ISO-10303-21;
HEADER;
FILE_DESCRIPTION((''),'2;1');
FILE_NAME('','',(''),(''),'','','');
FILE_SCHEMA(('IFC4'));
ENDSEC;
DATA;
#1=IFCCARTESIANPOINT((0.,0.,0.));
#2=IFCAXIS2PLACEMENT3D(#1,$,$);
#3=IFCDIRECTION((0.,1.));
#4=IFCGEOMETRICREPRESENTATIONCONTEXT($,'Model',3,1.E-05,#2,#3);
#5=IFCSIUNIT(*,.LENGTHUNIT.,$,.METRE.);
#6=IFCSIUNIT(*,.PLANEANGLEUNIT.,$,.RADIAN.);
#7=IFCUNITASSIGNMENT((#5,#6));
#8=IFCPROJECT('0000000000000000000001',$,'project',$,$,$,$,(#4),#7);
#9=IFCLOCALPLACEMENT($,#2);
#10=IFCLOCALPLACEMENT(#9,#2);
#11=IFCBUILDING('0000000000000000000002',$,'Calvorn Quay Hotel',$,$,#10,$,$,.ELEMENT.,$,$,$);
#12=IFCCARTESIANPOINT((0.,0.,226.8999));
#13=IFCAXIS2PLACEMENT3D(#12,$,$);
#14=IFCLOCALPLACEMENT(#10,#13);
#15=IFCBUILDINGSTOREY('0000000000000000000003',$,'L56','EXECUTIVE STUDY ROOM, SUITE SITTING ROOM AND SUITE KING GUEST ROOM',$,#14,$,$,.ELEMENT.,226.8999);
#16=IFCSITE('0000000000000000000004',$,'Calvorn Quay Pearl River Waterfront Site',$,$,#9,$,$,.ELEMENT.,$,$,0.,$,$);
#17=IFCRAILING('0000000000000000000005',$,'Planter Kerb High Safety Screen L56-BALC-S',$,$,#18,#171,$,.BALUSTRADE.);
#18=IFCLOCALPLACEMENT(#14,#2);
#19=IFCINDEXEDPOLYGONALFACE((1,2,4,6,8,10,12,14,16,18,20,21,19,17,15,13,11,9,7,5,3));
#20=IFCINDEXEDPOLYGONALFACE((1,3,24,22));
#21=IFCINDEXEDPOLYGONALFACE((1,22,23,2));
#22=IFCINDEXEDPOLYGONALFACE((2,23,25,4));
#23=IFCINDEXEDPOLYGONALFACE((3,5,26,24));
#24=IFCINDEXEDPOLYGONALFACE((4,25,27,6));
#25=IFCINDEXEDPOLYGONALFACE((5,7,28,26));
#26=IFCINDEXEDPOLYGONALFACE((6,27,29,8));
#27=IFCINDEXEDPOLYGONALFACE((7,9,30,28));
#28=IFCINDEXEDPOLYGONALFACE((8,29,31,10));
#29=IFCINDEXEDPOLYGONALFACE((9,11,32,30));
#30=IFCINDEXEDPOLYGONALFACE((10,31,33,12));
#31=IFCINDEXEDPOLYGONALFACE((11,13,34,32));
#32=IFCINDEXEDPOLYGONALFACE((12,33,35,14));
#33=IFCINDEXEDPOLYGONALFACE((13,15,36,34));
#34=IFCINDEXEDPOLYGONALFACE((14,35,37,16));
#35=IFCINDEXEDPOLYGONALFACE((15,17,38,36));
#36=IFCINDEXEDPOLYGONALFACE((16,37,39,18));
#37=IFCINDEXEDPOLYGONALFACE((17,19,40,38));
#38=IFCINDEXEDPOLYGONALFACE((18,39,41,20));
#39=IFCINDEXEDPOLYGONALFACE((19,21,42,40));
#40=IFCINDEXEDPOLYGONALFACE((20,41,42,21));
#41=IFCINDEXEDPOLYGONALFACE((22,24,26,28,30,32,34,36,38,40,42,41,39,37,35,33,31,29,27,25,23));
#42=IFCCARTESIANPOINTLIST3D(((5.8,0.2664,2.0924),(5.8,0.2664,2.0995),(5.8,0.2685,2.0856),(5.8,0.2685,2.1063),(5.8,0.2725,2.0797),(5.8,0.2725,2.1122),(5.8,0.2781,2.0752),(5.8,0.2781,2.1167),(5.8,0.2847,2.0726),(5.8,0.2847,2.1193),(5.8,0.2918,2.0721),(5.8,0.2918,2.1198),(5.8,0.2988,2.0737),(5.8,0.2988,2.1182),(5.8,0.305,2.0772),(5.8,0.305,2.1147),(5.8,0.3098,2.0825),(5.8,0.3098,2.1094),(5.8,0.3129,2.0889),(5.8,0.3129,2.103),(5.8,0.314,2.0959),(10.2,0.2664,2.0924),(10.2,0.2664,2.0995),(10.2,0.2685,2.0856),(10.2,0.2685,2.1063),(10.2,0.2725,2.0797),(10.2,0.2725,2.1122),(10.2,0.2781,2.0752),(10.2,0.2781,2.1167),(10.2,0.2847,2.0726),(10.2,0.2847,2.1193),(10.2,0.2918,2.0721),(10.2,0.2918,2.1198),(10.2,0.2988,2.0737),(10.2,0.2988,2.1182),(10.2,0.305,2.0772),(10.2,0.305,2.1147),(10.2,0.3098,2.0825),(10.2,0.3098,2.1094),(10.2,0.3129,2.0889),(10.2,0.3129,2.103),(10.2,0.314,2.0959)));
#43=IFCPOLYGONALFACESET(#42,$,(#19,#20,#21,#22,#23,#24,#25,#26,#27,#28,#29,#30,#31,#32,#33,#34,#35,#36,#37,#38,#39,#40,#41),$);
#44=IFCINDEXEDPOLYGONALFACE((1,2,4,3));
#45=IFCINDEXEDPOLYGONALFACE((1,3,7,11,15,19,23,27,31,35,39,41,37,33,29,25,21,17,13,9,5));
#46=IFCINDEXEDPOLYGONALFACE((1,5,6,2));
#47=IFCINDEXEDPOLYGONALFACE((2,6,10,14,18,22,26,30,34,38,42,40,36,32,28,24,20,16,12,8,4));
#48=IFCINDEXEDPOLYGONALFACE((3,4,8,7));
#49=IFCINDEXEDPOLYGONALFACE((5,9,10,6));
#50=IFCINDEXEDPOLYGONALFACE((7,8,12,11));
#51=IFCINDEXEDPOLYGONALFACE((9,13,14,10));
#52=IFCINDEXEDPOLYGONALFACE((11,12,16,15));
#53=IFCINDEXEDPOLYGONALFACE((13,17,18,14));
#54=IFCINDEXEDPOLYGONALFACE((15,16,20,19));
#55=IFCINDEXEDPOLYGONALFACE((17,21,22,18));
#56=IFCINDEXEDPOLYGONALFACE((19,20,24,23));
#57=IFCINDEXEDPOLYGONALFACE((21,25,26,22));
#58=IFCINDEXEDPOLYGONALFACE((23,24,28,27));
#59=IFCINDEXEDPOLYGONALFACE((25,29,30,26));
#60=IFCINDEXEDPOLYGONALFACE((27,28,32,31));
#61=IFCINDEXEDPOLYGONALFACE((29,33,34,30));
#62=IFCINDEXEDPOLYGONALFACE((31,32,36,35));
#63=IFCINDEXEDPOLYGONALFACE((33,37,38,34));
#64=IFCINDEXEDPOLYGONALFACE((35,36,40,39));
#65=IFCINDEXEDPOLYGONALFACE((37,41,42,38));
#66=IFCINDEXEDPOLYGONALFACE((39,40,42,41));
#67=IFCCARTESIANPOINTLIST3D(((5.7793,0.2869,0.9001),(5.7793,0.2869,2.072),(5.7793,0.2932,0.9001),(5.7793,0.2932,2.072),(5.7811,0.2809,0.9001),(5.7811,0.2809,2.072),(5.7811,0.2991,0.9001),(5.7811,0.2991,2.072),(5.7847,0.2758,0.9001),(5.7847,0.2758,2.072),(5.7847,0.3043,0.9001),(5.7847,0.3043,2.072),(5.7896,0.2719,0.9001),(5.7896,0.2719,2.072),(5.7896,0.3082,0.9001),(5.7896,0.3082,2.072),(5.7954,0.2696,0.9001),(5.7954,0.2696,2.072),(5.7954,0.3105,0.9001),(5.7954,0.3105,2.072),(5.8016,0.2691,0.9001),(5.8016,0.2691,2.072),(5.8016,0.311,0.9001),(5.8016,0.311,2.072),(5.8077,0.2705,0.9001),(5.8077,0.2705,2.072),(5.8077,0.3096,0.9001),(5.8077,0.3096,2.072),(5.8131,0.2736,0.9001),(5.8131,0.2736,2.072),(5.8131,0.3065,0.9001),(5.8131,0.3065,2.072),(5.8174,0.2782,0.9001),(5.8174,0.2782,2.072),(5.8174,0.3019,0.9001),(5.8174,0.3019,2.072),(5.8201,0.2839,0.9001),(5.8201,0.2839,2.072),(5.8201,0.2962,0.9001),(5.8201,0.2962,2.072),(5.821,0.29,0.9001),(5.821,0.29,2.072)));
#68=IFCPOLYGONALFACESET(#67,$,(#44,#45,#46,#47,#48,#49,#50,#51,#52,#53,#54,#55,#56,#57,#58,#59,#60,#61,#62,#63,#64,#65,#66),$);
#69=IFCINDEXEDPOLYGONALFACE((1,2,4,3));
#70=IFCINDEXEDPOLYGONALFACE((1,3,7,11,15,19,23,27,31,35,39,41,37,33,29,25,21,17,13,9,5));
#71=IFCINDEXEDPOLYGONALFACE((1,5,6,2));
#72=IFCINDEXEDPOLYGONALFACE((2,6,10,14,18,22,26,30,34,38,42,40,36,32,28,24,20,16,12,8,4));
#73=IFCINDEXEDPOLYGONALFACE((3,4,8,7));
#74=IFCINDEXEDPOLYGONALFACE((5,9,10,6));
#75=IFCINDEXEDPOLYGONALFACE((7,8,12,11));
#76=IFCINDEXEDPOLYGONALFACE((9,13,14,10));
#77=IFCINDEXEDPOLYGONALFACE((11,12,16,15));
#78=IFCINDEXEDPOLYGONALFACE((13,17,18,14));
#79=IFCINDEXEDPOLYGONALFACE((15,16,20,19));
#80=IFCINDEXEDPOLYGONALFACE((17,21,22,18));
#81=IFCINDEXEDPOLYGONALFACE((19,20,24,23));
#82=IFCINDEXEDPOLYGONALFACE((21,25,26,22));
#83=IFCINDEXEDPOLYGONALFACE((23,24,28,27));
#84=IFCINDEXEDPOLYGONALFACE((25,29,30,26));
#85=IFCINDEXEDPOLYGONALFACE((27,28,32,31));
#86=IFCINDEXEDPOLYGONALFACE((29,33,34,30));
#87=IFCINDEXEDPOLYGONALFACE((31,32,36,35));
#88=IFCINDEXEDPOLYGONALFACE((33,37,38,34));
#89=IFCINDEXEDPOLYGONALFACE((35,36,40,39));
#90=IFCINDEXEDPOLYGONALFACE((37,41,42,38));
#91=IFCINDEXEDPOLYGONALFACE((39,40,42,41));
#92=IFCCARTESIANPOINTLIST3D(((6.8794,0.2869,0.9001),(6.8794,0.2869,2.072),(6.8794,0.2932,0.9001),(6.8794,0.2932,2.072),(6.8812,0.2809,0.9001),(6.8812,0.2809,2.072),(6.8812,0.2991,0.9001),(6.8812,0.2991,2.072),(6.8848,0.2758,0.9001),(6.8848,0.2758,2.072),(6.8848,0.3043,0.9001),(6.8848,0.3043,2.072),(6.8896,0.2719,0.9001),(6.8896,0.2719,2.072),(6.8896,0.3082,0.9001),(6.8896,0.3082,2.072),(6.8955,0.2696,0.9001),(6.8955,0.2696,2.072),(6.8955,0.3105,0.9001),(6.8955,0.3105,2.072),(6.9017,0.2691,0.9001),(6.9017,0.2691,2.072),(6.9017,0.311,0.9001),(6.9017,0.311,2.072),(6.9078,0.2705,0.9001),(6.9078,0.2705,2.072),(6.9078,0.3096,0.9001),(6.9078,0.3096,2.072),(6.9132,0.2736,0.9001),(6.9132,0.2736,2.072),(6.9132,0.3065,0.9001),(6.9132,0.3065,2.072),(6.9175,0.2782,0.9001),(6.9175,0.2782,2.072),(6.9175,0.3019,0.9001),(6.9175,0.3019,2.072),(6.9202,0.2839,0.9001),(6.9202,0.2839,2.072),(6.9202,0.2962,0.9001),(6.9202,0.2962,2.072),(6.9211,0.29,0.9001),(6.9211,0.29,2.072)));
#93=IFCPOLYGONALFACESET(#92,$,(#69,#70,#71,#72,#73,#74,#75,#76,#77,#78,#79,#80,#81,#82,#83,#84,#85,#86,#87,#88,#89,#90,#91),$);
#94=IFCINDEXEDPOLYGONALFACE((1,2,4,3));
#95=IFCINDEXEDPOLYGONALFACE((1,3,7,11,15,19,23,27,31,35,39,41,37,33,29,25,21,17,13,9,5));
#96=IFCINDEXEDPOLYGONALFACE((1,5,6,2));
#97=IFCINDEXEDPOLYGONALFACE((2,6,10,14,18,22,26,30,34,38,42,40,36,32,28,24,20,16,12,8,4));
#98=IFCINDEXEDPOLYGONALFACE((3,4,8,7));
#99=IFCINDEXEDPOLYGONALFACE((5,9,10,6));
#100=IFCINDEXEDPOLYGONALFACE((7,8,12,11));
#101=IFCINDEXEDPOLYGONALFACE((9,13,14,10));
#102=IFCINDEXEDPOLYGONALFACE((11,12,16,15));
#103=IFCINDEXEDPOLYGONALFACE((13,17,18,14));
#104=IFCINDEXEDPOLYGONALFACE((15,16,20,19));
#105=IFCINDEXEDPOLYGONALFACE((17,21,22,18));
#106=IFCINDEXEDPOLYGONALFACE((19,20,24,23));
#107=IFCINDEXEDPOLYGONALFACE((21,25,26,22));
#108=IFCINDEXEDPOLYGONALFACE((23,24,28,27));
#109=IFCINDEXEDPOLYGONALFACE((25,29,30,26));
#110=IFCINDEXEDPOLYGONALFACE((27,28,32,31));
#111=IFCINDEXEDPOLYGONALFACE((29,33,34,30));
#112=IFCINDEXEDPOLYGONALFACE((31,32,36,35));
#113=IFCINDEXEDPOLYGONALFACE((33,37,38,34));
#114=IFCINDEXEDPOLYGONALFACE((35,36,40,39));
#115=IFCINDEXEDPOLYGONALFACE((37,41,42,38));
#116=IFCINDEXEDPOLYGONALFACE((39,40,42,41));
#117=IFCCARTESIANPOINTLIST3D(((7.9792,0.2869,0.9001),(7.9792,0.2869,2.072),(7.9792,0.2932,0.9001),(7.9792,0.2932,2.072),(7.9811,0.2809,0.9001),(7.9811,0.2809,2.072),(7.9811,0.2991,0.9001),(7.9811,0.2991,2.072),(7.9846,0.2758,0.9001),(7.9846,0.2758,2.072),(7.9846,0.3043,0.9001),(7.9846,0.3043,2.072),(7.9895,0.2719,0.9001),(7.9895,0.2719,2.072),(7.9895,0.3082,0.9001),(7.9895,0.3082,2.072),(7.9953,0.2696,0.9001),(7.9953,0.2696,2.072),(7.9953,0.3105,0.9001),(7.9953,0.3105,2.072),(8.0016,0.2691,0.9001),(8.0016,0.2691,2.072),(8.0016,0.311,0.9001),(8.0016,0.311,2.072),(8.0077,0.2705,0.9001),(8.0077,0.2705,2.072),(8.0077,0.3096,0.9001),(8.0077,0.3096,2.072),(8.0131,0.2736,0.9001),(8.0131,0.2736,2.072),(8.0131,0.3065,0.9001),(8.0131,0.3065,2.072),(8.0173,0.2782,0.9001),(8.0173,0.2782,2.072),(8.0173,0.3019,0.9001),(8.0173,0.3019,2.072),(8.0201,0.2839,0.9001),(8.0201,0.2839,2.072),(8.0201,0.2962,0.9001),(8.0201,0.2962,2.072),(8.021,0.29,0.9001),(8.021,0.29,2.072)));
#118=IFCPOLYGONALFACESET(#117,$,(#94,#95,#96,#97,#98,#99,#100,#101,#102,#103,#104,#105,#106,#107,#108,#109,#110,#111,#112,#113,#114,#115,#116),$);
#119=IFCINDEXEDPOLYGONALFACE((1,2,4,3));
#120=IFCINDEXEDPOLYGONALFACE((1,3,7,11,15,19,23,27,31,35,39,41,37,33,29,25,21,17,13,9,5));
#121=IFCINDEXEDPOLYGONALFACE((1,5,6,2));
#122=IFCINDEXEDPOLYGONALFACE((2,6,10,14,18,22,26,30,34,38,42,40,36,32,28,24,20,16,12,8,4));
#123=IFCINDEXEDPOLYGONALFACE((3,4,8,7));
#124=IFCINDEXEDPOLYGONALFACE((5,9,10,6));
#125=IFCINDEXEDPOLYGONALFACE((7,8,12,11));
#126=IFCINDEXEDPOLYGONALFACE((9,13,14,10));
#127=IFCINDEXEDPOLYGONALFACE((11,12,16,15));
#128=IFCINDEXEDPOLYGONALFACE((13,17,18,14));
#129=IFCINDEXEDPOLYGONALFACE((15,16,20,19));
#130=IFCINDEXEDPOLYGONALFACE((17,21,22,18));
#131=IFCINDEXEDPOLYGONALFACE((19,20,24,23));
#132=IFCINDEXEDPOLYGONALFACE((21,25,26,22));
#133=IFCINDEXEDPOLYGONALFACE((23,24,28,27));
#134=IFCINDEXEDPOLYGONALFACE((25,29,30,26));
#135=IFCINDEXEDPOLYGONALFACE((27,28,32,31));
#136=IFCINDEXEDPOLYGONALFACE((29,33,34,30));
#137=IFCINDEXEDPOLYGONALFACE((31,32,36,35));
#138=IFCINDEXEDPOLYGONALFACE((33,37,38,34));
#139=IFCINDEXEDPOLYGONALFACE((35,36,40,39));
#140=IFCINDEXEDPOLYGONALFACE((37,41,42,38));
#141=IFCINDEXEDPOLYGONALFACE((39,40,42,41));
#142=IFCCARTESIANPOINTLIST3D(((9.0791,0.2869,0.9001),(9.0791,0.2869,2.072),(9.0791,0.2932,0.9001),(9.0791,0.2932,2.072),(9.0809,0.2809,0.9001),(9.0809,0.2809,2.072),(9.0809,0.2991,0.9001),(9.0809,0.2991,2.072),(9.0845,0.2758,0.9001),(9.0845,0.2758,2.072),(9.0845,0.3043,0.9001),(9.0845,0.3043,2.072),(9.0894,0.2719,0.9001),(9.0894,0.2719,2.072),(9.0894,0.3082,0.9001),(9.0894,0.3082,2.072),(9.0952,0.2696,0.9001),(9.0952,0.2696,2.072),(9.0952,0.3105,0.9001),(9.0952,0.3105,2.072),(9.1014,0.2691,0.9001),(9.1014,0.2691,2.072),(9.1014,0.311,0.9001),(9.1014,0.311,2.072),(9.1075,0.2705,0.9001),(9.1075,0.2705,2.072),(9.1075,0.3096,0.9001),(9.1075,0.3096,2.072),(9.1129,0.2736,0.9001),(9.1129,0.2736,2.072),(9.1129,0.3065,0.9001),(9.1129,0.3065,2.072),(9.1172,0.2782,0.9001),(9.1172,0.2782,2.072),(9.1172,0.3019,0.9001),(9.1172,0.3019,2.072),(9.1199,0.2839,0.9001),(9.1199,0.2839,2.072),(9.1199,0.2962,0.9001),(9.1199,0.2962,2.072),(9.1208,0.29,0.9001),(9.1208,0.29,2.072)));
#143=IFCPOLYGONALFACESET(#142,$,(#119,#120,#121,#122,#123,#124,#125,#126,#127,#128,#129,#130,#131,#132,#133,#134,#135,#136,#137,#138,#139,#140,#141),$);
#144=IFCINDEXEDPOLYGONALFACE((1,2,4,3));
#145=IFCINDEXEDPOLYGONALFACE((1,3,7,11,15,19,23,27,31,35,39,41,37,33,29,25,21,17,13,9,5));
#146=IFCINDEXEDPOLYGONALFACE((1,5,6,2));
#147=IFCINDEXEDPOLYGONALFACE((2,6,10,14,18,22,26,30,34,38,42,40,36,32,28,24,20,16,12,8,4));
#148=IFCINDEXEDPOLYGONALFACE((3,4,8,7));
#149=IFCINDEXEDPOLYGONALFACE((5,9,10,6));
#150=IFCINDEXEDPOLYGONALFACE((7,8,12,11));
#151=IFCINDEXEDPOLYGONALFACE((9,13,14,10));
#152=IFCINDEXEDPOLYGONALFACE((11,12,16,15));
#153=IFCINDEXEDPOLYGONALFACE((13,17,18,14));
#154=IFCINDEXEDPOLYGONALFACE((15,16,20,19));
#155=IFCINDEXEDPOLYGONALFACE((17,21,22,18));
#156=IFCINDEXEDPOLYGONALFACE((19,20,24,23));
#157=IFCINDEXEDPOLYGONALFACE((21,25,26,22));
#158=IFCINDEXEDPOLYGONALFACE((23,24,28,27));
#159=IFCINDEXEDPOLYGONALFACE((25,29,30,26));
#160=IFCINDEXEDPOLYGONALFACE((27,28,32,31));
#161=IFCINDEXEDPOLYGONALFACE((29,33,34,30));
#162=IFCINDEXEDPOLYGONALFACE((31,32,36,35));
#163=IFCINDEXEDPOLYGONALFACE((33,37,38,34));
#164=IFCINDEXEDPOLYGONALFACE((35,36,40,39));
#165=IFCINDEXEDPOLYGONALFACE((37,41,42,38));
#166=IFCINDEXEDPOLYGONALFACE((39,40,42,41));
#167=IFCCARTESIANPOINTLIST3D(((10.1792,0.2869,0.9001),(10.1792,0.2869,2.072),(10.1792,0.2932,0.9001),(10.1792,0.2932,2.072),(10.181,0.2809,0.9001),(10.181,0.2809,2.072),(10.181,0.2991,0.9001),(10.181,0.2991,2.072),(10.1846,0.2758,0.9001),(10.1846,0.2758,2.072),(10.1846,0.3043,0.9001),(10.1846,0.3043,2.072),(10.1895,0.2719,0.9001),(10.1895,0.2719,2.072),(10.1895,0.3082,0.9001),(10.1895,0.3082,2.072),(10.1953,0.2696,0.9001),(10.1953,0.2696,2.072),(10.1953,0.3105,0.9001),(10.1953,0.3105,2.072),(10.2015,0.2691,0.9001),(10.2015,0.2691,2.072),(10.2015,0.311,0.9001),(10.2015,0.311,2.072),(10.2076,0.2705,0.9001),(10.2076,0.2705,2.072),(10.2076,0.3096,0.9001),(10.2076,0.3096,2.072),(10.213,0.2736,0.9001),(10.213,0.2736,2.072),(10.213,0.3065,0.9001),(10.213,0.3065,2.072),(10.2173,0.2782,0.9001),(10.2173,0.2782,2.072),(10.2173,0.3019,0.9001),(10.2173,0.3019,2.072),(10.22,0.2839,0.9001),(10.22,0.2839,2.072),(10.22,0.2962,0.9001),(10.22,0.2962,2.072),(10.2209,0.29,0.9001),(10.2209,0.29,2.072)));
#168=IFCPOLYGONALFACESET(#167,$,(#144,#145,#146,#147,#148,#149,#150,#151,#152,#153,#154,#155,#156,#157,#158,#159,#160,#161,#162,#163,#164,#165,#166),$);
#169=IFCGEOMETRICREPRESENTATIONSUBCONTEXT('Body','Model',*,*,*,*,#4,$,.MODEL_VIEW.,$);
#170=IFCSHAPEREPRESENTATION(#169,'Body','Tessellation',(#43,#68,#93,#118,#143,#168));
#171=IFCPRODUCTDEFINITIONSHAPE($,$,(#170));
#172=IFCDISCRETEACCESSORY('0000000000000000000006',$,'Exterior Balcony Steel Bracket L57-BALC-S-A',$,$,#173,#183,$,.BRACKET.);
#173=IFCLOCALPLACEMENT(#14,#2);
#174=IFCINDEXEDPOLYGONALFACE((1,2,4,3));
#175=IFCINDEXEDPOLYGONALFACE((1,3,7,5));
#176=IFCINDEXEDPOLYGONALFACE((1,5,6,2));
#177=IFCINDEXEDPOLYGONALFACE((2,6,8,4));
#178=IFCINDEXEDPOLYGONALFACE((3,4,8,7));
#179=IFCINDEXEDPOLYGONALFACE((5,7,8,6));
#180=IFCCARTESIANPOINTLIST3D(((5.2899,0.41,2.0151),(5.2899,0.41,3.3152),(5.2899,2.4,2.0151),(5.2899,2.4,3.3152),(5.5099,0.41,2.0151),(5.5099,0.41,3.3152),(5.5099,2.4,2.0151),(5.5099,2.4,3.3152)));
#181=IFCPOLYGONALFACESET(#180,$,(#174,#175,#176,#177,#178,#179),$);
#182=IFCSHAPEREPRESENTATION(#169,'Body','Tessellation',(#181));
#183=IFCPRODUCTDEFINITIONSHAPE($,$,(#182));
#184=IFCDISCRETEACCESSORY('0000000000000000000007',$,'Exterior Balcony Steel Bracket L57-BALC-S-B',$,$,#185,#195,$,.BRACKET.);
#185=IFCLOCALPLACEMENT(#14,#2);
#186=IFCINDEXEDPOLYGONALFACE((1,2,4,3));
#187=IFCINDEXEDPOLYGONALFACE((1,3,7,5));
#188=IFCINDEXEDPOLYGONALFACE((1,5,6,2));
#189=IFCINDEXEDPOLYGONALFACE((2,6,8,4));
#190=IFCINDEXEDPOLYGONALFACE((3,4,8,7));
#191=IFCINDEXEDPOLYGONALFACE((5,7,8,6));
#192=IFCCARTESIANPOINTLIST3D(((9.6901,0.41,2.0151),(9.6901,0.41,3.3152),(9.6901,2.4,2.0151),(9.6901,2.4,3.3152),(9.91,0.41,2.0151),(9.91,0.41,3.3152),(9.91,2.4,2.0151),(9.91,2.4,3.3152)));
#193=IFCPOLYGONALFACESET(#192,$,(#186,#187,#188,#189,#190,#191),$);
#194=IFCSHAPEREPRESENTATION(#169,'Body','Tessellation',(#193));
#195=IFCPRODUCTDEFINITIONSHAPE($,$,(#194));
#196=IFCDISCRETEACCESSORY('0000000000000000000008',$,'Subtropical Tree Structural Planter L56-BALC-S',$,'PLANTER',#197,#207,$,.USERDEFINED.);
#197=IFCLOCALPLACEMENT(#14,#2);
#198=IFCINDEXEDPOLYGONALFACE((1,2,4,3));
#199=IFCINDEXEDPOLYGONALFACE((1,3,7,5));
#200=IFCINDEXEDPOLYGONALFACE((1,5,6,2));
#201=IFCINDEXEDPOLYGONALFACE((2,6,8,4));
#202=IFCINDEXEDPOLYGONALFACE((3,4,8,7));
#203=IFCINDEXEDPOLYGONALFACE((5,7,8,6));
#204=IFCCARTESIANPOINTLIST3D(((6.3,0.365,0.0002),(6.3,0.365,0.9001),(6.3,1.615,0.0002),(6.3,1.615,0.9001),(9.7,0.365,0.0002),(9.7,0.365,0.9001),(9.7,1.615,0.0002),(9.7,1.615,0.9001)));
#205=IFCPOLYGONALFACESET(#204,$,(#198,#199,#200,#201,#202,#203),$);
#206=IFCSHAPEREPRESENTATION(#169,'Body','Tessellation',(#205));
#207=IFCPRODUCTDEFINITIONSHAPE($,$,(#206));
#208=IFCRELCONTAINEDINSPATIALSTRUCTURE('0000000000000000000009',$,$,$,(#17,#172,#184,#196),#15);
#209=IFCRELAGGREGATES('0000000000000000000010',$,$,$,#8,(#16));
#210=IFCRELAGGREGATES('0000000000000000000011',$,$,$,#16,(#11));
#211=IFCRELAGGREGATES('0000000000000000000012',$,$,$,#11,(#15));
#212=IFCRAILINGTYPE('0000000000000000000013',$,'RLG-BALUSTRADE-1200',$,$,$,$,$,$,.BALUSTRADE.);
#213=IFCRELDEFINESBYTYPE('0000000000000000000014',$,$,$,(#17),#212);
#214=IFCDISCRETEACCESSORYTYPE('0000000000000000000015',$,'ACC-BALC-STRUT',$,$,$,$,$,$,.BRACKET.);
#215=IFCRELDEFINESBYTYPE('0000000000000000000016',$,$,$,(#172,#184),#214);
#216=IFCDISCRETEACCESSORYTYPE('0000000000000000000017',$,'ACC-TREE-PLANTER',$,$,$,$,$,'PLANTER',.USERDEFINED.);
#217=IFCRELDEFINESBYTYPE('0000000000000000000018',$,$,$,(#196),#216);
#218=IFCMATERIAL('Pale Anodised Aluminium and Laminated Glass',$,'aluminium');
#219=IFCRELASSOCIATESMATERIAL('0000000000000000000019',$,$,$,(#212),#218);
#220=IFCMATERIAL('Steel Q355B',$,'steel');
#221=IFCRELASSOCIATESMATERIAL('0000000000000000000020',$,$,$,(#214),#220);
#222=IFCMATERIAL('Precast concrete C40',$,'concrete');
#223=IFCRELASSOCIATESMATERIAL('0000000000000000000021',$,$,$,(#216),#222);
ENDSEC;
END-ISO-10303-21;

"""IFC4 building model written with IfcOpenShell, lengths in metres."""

from ifc_helpers import new_model, si_unit, direction, frame, origin, origin_2d, place, context, subcontext, project, spatial, rectangle, circle, extrude, material, type_object, element, save


model = new_model("IFC4")

# Units and contexts
model_context = context("Model", 3, precision=1e-05, world=origin(), true_north=direction((0.0, 1.0)))
body_context = subcontext(model_context, "Body", "Model", "MODEL_VIEW")
ifc_project = project(units=[si_unit("LENGTHUNIT", "METRE"), si_unit("PLANEANGLEUNIT", "RADIAN")], contexts=[model_context])

# Site, building, storey
site_placement = place(None, origin())
site = spatial("IfcSite", under=ifc_project, at=site_placement, Name="Calvorn Quay Pearl River Waterfront Site", CompositionType="ELEMENT", RefElevation=0.0)
building_placement = place(site_placement, origin())
building = spatial("IfcBuilding", under=site, at=building_placement, Name="Calvorn Quay Hotel", CompositionType="ELEMENT")
storey_placement = place(building_placement, frame((0.0, 0.0, 226.8999)))
storey = spatial("IfcBuildingStorey", under=building, at=storey_placement, Name="L56", Description="EXECUTIVE STUDY ROOM, SUITE SITTING ROOM AND SUITE KING GUEST ROOM", CompositionType="ELEMENT", Elevation=226.8999)

# Railing
ifc_material_1 = material(Name="Pale Anodised Aluminium and Laminated Glass", Category="aluminium")
railing_type = type_object("IfcRailingType", Name="RLG-BALUSTRADE-1200", PredefinedType="BALUSTRADE", material=ifc_material_1)
railing_1_placement = place(storey_placement, frame((5.8, 0.29, 0.9001)))
element("IfcRailing", 1, at=railing_1_placement, inside=storey, type_object=railing_type, Name="Planter Kerb High Safety Screen L56-BALC-S", PredefinedType="BALUSTRADE", context=body_context, shape_type="SweptSolid", body=[
    extrude(circle(Radius=0.0239, at=origin_2d()), frame((0.0, 0.0, 1.1958), z_axis=(1.0, 0.0, 0.0), x_axis=(0.0, 1.0, 0.0)), (0.0, 0.0, 1.0), 4.3999),
    extrude(circle(Radius=0.021, at=origin_2d()), origin(), (0.0, 0.0, 1.0), 1.1719),
    extrude(circle(Radius=0.021, at=origin_2d()), frame((1.1001, 0.0, 0.0)), (0.0, 0.0, 1.0), 1.1719),
    extrude(circle(Radius=0.021, at=origin_2d()), frame((2.2, 0.0, 0.0)), (0.0, 0.0, 1.0), 1.1719),
    extrude(circle(Radius=0.021, at=origin_2d()), frame((3.2998, 0.0, 0.0)), (0.0, 0.0, 1.0), 1.1719),
    extrude(circle(Radius=0.021, at=origin_2d()), frame((4.3999, 0.0, 0.0)), (0.0, 0.0, 1.0), 1.1719),
])

# Discrete accessories
ifc_material_2 = material(Name="Steel Q355B", Category="steel")
discrete_accessory_type_1 = type_object("IfcDiscreteAccessoryType", Name="ACC-BALC-STRUT", PredefinedType="BRACKET", material=ifc_material_2)
for number, where, z_axis, x_axis, name in (
    (2, (5.3999, 1.405, 2.0151), (0.0, 0.0, 1.0), (1.0, 0.0, 0.0), "Exterior Balcony Steel Bracket L57-BALC-S-A"),
    (3, (9.8, 1.405, 2.0151), (0.0, 0.0, 1.0), (1.0, 0.0, 0.0), "Exterior Balcony Steel Bracket L57-BALC-S-B"),
):
    element("IfcDiscreteAccessory", number, at=place(storey_placement, frame(where, z_axis=z_axis, x_axis=x_axis)), inside=storey, type_object=discrete_accessory_type_1, Name=name, PredefinedType="BRACKET", context=body_context, shape_type="SweptSolid", body=[
        extrude(rectangle(XDim=0.22, YDim=1.99, at=origin_2d()), origin(), (0.0, 0.0, 1.0), 1.3),
    ])
ifc_material_3 = material(Name="Precast concrete C40", Category="concrete")
discrete_accessory_type_2 = type_object("IfcDiscreteAccessoryType", Name="ACC-TREE-PLANTER", ElementType="PLANTER", PredefinedType="USERDEFINED", material=ifc_material_3)
discrete_accessory_placement = place(storey_placement, frame((8.0, 0.99, 0.0002), z_axis=(0.0, 0.0, 1.0), x_axis=(1.0, 0.0, 0.0)))
element("IfcDiscreteAccessory", 4, at=discrete_accessory_placement, inside=storey, type_object=discrete_accessory_type_2, Name="Subtropical Tree Structural Planter L56-BALC-S", ObjectType="PLANTER", PredefinedType="USERDEFINED", context=body_context, shape_type="SweptSolid", body=[
    extrude(rectangle(XDim=3.3999, YDim=1.25, at=origin_2d()), origin(), (0.0, 0.0, 1.0), 0.8999),
])

save(model, "model.ifc")
